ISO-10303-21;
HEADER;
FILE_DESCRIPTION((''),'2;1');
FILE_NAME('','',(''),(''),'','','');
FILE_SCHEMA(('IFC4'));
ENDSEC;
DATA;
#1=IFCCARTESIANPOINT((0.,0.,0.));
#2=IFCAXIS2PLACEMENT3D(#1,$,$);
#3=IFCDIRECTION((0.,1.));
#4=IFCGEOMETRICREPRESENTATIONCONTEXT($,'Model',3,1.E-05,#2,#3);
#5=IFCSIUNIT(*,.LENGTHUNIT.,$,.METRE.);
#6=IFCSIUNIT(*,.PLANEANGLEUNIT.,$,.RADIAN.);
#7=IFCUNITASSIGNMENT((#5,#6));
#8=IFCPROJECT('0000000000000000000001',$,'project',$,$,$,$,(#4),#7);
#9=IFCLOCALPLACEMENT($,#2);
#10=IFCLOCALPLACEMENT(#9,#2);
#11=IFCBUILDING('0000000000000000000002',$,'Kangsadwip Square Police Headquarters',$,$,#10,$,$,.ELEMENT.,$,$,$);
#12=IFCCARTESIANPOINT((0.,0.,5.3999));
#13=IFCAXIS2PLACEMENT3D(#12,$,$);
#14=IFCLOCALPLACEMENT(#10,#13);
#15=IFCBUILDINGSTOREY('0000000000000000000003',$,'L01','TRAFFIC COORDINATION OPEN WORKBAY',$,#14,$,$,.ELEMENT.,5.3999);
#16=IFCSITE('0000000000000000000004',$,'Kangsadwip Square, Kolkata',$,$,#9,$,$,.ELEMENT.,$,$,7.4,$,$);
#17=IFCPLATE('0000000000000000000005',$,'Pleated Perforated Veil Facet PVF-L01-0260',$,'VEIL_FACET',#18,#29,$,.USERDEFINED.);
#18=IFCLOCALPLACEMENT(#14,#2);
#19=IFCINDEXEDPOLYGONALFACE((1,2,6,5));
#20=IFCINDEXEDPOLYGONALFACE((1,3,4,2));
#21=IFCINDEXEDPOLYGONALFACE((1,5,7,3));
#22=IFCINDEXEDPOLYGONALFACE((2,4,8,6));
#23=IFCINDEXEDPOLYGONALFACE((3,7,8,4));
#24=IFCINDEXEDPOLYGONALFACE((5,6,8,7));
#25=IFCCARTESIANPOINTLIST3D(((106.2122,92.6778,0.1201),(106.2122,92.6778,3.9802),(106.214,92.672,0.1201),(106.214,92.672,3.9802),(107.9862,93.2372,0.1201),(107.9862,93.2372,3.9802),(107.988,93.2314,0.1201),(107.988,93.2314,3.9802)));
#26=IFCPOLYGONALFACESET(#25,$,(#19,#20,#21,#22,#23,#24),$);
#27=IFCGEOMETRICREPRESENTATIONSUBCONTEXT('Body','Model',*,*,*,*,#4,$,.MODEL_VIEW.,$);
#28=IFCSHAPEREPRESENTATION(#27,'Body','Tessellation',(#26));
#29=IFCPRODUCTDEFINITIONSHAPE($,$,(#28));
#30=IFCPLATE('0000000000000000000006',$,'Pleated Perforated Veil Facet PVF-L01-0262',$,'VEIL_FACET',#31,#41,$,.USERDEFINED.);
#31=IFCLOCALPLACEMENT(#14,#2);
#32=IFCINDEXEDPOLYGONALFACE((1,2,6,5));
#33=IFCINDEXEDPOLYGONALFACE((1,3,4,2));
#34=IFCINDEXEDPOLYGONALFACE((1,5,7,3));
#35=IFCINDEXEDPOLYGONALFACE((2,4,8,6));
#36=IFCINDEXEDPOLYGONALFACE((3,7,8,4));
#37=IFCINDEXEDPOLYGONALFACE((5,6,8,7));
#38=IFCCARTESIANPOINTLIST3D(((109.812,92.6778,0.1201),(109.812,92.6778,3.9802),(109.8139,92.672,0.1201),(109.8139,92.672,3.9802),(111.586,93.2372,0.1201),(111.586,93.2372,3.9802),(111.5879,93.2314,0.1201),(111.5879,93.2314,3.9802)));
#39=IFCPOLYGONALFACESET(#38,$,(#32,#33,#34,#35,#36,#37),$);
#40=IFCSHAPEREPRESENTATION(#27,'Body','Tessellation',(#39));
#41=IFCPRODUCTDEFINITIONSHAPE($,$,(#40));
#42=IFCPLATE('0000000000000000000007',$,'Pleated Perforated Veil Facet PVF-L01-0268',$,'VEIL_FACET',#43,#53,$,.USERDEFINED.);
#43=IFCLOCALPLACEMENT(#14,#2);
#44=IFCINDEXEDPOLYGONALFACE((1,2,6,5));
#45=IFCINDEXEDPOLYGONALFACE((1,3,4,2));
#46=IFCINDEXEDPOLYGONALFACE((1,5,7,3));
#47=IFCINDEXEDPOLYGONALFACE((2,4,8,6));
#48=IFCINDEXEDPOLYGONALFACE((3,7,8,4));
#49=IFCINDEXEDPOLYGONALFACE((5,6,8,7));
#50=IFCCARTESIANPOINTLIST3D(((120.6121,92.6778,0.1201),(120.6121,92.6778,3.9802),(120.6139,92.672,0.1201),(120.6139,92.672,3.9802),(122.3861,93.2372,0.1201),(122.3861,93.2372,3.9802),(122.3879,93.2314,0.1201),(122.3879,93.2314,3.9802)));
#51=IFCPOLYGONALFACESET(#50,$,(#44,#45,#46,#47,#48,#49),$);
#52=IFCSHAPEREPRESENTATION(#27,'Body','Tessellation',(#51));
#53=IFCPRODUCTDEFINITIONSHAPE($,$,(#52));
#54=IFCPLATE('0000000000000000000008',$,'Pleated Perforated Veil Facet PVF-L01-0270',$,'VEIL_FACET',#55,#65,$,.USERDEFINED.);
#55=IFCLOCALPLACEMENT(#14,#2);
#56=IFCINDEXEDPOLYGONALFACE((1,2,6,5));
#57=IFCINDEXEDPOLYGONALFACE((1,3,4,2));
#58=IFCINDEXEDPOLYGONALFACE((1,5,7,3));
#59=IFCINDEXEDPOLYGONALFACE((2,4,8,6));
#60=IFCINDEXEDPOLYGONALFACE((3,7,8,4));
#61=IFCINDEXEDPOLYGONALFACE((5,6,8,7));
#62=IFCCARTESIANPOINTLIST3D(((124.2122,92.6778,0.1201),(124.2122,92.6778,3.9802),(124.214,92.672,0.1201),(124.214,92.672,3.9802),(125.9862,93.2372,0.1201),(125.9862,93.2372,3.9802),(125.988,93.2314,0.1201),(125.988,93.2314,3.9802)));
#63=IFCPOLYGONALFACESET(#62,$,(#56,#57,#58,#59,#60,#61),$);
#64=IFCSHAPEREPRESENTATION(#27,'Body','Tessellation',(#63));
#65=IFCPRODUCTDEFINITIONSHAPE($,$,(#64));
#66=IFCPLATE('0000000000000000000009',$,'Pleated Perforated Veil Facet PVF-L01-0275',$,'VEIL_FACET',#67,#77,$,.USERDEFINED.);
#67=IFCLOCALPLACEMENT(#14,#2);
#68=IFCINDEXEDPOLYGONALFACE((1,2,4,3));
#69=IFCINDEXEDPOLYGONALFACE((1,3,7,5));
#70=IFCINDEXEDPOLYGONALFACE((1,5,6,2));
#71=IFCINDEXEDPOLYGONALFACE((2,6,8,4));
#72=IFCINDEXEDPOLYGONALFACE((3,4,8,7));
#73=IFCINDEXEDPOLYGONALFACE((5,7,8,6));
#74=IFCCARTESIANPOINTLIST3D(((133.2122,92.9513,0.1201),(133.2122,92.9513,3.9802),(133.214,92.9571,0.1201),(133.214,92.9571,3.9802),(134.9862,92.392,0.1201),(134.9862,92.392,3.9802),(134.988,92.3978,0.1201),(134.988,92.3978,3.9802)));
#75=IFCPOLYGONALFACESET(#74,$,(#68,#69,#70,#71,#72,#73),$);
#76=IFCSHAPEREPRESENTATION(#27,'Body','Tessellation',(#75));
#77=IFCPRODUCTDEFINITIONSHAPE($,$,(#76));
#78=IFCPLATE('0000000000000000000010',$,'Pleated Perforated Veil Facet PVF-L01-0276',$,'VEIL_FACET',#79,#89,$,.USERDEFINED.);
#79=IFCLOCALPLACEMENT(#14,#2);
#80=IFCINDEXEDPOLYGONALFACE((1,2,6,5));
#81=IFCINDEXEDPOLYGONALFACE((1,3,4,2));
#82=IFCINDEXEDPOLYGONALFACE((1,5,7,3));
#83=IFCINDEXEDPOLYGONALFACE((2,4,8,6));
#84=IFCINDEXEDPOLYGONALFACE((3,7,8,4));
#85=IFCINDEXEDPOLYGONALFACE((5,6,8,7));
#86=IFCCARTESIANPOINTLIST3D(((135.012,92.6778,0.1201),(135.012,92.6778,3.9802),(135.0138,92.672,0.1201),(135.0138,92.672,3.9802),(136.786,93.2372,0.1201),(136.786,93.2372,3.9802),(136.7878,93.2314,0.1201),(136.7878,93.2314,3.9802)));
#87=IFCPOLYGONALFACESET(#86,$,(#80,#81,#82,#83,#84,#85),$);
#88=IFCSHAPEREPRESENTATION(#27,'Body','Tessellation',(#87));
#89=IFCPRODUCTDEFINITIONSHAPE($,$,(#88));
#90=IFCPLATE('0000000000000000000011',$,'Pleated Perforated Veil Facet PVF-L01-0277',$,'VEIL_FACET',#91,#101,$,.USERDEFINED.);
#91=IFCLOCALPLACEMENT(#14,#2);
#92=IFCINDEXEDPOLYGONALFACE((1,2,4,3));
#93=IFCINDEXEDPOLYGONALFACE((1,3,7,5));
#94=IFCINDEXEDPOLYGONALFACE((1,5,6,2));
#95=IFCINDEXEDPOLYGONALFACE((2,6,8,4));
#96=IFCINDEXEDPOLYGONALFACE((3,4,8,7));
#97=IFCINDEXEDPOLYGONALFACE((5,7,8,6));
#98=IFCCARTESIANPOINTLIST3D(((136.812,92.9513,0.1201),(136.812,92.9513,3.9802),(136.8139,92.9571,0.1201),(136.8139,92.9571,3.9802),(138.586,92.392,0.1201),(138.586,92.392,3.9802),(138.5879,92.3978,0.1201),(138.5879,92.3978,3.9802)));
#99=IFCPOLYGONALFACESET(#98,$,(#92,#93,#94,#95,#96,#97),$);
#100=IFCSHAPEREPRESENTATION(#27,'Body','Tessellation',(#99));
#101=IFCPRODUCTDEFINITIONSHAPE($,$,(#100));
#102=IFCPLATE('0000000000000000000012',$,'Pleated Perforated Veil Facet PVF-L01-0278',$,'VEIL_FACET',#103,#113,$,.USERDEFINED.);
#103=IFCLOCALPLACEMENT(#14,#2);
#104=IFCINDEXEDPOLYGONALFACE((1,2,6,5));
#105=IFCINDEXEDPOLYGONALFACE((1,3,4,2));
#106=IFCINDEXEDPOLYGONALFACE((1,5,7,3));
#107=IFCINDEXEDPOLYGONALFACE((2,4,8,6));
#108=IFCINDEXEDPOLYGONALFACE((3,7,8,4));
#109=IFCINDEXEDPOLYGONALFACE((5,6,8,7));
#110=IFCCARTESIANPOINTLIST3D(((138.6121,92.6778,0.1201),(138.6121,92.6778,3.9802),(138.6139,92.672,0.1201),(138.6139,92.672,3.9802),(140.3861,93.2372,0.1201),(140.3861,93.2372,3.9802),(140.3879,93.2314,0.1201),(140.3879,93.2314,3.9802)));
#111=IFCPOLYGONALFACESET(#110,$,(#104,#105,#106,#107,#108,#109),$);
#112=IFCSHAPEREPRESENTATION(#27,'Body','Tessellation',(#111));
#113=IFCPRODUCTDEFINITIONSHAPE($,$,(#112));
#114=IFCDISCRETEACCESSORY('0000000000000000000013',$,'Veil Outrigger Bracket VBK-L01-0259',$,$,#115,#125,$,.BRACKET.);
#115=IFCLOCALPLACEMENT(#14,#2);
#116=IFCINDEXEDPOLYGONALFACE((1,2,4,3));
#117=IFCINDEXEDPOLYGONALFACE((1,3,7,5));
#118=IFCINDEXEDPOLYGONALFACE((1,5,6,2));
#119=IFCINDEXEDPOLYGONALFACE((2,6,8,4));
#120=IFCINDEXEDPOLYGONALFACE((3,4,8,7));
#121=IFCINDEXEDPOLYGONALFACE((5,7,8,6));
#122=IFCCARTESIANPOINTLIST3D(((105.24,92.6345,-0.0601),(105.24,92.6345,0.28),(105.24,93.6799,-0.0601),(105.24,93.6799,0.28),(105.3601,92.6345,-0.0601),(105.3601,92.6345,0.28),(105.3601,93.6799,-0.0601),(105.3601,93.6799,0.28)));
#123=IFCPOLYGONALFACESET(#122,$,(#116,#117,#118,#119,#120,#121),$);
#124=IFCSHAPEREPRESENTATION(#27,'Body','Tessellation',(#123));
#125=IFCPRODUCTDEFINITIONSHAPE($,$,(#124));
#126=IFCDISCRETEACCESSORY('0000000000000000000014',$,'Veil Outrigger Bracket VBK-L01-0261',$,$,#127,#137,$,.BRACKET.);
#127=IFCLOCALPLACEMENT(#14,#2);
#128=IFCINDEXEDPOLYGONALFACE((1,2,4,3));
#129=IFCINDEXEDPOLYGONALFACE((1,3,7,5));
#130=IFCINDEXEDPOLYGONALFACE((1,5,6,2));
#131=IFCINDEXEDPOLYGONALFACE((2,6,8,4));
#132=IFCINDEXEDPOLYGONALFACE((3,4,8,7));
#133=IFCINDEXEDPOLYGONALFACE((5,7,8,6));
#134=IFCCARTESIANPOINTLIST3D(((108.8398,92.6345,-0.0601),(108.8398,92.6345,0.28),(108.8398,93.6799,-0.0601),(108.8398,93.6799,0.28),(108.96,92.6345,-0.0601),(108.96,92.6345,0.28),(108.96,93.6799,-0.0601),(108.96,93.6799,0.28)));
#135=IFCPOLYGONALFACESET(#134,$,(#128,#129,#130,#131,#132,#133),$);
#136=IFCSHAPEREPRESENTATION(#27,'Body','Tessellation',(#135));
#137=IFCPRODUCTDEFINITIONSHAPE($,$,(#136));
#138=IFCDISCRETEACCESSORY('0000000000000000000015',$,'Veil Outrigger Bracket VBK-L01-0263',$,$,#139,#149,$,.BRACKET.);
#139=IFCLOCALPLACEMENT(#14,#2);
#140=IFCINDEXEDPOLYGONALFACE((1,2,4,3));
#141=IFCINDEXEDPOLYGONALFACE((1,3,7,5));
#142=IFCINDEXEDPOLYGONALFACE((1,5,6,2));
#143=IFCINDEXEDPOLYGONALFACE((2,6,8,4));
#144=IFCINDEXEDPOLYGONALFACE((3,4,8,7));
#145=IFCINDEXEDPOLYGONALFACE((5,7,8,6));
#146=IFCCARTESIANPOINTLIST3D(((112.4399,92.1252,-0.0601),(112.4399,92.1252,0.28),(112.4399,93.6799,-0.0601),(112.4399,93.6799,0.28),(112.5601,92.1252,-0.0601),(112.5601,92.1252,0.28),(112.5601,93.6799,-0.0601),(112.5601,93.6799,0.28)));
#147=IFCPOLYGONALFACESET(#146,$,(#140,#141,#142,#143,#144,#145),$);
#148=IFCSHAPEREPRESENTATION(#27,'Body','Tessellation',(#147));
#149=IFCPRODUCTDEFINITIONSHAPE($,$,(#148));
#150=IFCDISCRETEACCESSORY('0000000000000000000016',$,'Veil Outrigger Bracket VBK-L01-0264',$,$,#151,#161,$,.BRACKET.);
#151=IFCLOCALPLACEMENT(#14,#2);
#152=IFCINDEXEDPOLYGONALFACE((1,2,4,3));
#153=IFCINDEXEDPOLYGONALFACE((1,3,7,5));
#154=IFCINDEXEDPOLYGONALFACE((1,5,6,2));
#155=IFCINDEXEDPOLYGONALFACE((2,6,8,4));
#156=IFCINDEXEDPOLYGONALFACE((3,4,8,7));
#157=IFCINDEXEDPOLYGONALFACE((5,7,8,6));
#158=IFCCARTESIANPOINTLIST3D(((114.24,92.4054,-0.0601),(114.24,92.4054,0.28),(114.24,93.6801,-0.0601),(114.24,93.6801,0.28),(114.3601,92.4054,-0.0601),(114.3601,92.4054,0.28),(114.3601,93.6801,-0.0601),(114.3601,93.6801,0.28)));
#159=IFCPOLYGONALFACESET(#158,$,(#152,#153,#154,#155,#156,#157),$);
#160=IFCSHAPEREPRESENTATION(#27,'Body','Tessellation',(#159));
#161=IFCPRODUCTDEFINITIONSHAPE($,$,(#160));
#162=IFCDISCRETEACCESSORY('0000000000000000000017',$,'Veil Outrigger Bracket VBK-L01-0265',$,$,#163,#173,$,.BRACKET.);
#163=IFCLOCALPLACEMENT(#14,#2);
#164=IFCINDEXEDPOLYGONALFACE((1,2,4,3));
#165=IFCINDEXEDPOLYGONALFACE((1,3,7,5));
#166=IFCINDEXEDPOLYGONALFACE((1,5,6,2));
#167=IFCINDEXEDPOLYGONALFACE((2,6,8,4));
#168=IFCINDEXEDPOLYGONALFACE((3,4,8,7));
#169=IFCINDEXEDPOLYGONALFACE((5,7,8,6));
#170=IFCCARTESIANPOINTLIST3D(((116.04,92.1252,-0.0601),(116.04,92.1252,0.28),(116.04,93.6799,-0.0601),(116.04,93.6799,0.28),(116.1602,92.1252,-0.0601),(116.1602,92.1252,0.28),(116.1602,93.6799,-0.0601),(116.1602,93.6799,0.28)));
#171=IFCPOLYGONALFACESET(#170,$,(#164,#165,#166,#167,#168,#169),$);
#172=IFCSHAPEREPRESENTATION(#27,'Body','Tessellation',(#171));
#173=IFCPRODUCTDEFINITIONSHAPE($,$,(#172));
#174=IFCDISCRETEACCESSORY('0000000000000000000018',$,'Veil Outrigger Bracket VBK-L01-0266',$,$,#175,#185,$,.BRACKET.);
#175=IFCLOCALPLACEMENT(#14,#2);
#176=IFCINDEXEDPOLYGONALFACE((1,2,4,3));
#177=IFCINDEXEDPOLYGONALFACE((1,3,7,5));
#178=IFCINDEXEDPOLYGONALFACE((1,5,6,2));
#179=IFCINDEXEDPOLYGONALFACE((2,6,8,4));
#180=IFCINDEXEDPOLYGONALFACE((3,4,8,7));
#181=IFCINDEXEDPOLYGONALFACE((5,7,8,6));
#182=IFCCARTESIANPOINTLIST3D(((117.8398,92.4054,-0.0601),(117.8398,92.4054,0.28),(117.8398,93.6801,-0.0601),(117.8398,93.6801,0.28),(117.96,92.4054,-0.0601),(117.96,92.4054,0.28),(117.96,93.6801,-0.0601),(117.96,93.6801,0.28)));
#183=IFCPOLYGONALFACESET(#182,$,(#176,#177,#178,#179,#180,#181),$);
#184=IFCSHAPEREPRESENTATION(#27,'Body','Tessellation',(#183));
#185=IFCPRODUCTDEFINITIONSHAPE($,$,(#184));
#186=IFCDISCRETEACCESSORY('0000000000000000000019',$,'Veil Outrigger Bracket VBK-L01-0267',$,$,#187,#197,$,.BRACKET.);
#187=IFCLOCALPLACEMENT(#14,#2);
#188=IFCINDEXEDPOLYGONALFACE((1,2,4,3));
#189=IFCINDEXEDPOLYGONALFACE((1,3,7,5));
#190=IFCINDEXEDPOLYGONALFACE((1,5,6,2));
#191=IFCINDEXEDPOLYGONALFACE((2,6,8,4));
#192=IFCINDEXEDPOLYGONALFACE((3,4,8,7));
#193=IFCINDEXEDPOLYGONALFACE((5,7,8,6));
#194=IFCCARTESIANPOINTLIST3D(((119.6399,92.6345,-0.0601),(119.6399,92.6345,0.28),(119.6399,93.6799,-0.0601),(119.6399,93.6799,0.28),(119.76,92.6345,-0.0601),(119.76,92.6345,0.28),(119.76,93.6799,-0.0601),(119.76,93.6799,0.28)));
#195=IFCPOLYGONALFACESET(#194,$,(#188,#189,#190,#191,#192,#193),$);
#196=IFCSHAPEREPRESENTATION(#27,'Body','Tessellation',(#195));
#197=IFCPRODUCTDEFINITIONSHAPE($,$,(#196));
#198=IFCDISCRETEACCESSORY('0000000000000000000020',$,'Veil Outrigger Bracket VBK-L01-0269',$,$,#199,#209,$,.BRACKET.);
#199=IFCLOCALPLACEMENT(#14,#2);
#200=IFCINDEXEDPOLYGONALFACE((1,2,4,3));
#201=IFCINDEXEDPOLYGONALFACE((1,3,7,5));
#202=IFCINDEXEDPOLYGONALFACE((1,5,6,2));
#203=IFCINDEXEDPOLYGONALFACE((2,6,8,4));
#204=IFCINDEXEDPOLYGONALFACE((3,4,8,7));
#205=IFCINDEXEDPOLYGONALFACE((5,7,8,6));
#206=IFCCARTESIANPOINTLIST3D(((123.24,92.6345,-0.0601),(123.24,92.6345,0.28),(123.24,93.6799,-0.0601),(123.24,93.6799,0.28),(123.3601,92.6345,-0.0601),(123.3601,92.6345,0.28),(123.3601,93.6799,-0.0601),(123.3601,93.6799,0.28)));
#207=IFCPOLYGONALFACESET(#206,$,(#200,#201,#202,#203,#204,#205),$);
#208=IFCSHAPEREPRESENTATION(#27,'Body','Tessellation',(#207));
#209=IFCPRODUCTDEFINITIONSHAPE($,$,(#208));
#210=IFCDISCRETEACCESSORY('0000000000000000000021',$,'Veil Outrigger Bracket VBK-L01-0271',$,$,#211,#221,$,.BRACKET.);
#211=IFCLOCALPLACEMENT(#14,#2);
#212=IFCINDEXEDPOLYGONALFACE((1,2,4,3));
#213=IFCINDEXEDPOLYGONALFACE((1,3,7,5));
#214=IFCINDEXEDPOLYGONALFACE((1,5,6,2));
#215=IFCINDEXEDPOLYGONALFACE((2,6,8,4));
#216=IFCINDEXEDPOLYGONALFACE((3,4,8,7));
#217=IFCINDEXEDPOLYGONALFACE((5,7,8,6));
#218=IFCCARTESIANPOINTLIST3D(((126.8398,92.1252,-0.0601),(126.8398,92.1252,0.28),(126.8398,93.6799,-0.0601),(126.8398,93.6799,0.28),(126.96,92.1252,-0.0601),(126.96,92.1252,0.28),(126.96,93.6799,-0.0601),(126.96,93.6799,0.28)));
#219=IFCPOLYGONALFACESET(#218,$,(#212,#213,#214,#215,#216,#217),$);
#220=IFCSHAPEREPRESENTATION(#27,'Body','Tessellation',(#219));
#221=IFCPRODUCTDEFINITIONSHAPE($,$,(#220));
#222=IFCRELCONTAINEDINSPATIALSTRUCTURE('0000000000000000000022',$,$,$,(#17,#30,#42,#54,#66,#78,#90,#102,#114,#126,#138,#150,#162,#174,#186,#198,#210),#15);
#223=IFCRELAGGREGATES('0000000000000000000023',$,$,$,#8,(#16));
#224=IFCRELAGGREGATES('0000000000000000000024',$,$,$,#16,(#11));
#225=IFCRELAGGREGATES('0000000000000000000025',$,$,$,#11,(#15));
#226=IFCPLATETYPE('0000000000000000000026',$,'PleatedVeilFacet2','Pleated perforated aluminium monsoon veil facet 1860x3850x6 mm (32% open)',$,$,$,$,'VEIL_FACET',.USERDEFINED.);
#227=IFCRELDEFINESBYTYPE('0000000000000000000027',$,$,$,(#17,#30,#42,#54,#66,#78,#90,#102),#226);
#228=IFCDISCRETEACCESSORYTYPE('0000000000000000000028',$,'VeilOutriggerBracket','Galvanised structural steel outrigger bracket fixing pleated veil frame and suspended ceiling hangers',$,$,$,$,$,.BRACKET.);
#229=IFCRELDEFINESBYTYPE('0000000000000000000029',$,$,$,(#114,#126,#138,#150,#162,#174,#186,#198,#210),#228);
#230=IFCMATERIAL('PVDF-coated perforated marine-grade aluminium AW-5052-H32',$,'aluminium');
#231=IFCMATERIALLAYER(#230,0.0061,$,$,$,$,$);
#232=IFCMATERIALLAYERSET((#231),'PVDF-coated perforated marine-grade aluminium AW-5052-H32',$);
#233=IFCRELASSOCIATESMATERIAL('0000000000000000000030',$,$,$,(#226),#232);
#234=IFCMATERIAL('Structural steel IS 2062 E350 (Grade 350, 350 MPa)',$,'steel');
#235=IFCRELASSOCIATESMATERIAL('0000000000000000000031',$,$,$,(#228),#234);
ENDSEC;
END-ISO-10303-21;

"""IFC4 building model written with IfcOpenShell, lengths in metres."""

from ifc_helpers import new_model, si_unit, direction, frame, origin, origin_2d, place, context, subcontext, project, spatial, rectangle, extrude, material, layer, layer_set, type_object, element, save


model = new_model("IFC4")

# Units and contexts
model_context = context("Model", 3, precision=1e-05, world=origin(), true_north=direction((0.0, 1.0)))
body_context = subcontext(model_context, "Body", "Model", "MODEL_VIEW")
ifc_project = project(units=[si_unit("LENGTHUNIT", "METRE"), si_unit("PLANEANGLEUNIT", "RADIAN")], contexts=[model_context])

# Site, building, storey
site_placement = place(None, origin())
site = spatial("IfcSite", under=ifc_project, at=site_placement, Name="Kangsadwip Square, Kolkata", CompositionType="ELEMENT", RefElevation=7.4)
building_placement = place(site_placement, origin())
building = spatial("IfcBuilding", under=site, at=building_placement, Name="Kangsadwip Square Police Headquarters", CompositionType="ELEMENT")
storey_placement = place(building_placement, frame((0.0, 0.0, 5.3999)))
storey = spatial("IfcBuildingStorey", under=building, at=storey_placement, Name="L01", Description="TRAFFIC COORDINATION OPEN WORKBAY", CompositionType="ELEMENT", Elevation=5.3999)

# Plates
ifc_material_1 = material(Name="PVDF-coated perforated marine-grade aluminium AW-5052-H32", Category="aluminium")
ifc_layer = layer(ifc_material_1, 0.0061)
ifc_layer_set = layer_set([ifc_layer], Name="PVDF-coated perforated marine-grade aluminium AW-5052-H32")
plate_type = type_object("IfcPlateType", Name="PleatedVeilFacet2", Description="Pleated perforated aluminium monsoon veil facet 1860x3850x6 mm (32% open)", ElementType="VEIL_FACET", PredefinedType="USERDEFINED", material=ifc_layer_set)
for number, where, z_axis, x_axis, name in (
    (1, (107.1001, 92.9546, 0.1201), (0.0, 0.0, 1.0), (0.953717, 0.300706, 0.0), "Pleated Perforated Veil Facet PVF-L01-0260"),
    (2, (110.7, 92.9546, 0.1201), (0.0, 0.0, 1.0), (0.953717, 0.300706, 0.0), "Pleated Perforated Veil Facet PVF-L01-0262"),
    (3, (121.5, 92.9546, 0.1201), (0.0, 0.0, 1.0), (0.953717, 0.300706, 0.0), "Pleated Perforated Veil Facet PVF-L01-0268"),
    (4, (125.1001, 92.9546, 0.1201), (0.0, 0.0, 1.0), (0.953717, 0.300706, 0.0), "Pleated Perforated Veil Facet PVF-L01-0270"),
    (5, (134.1001, 92.6746, 0.1201), (0.0, 0.0, 1.0), (0.953717, -0.300706, 0.0), "Pleated Perforated Veil Facet PVF-L01-0275"),
    (6, (135.8999, 92.9546, 0.1201), (0.0, 0.0, 1.0), (0.953717, 0.300706, 0.0), "Pleated Perforated Veil Facet PVF-L01-0276"),
    (7, (137.7, 92.6746, 0.1201), (0.0, 0.0, 1.0), (0.953717, -0.300706, 0.0), "Pleated Perforated Veil Facet PVF-L01-0277"),
    (8, (139.5, 92.9546, 0.1201), (0.0, 0.0, 1.0), (0.953717, 0.300706, 0.0), "Pleated Perforated Veil Facet PVF-L01-0278"),
):
    element("IfcPlate", number, at=place(storey_placement, frame(where, z_axis=z_axis, x_axis=x_axis)), inside=storey, type_object=plate_type, Name=name, ObjectType="VEIL_FACET", PredefinedType="USERDEFINED", context=body_context, shape_type="SweptSolid", body=[
        extrude(rectangle(XDim=1.8601, YDim=0.0061, at=origin_2d()), origin(), (0.0, 0.0, 1.0), 3.8601),
    ])

# Discrete accessories
ifc_material_2 = material(Name="Structural steel IS 2062 E350 (Grade 350, 350 MPa)", Category="steel")
discrete_accessory_type = type_object("IfcDiscreteAccessoryType", Name="VeilOutriggerBracket", Description="Galvanised structural steel outrigger bracket fixing pleated veil frame and suspended ceiling hangers", PredefinedType="BRACKET", material=ifc_material_2)
for number, where, z_axis, x_axis, name in (
    (9, (105.3, 93.1572, -0.0601), (0.0, 0.0, 1.0), (1.0, 0.0, 0.0), "Veil Outrigger Bracket VBK-L01-0259"),
    (10, (108.8999, 93.1572, -0.0601), (0.0, 0.0, 1.0), (1.0, 0.0, 0.0), "Veil Outrigger Bracket VBK-L01-0261"),
):
    element("IfcDiscreteAccessory", number, at=place(storey_placement, frame(where, z_axis=z_axis, x_axis=x_axis)), inside=storey, type_object=discrete_accessory_type, Name=name, PredefinedType="BRACKET", context=body_context, shape_type="SweptSolid", body=[
        extrude(rectangle(XDim=0.1201, YDim=1.0454, at=origin_2d()), origin(), (0.0, 0.0, 1.0), 0.3401),
    ])
discrete_accessory_1_placement = place(storey_placement, frame((112.5, 92.9026, -0.0601), z_axis=(0.0, 0.0, 1.0), x_axis=(1.0, 0.0, 0.0)))
element("IfcDiscreteAccessory", 11, at=discrete_accessory_1_placement, inside=storey, type_object=discrete_accessory_type, Name="Veil Outrigger Bracket VBK-L01-0263", PredefinedType="BRACKET", context=body_context, shape_type="SweptSolid", body=[
    extrude(rectangle(XDim=0.1201, YDim=1.5547, at=origin_2d()), origin(), (0.0, 0.0, 1.0), 0.3401),
])
discrete_accessory_2_placement = place(storey_placement, frame((114.3, 93.0427, -0.0601), z_axis=(0.0, 0.0, 1.0), x_axis=(1.0, 0.0, 0.0)))
element("IfcDiscreteAccessory", 12, at=discrete_accessory_2_placement, inside=storey, type_object=discrete_accessory_type, Name="Veil Outrigger Bracket VBK-L01-0264", PredefinedType="BRACKET", context=body_context, shape_type="SweptSolid", body=[
    extrude(rectangle(XDim=0.1201, YDim=1.2747, at=origin_2d()), origin(), (0.0, 0.0, 1.0), 0.3401),
])
discrete_accessory_3_placement = place(storey_placement, frame((116.1001, 92.9026, -0.0601), z_axis=(0.0, 0.0, 1.0), x_axis=(1.0, 0.0, 0.0)))
element("IfcDiscreteAccessory", 13, at=discrete_accessory_3_placement, inside=storey, type_object=discrete_accessory_type, Name="Veil Outrigger Bracket VBK-L01-0265", PredefinedType="BRACKET", context=body_context, shape_type="SweptSolid", body=[
    extrude(rectangle(XDim=0.1201, YDim=1.5547, at=origin_2d()), origin(), (0.0, 0.0, 1.0), 0.3401),
])
discrete_accessory_4_placement = place(storey_placement, frame((117.8999, 93.0427, -0.0601), z_axis=(0.0, 0.0, 1.0), x_axis=(1.0, 0.0, 0.0)))
element("IfcDiscreteAccessory", 14, at=discrete_accessory_4_placement, inside=storey, type_object=discrete_accessory_type, Name="Veil Outrigger Bracket VBK-L01-0266", PredefinedType="BRACKET", context=body_context, shape_type="SweptSolid", body=[
    extrude(rectangle(XDim=0.1201, YDim=1.2747, at=origin_2d()), origin(), (0.0, 0.0, 1.0), 0.3401),
])
for number, where, z_axis, x_axis, name in (
    (15, (119.7, 93.1572, -0.0601), (0.0, 0.0, 1.0), (1.0, 0.0, 0.0), "Veil Outrigger Bracket VBK-L01-0267"),
    (16, (123.3, 93.1572, -0.0601), (0.0, 0.0, 1.0), (1.0, 0.0, 0.0), "Veil Outrigger Bracket VBK-L01-0269"),
):
    element("IfcDiscreteAccessory", number, at=place(storey_placement, frame(where, z_axis=z_axis, x_axis=x_axis)), inside=storey, type_object=discrete_accessory_type, Name=name, PredefinedType="BRACKET", context=body_context, shape_type="SweptSolid", body=[
        extrude(rectangle(XDim=0.1201, YDim=1.0454, at=origin_2d()), origin(), (0.0, 0.0, 1.0), 0.3401),
    ])
discrete_accessory_5_placement = place(storey_placement, frame((126.8999, 92.9026, -0.0601), z_axis=(0.0, 0.0, 1.0), x_axis=(1.0, 0.0, 0.0)))
element("IfcDiscreteAccessory", 17, at=discrete_accessory_5_placement, inside=storey, type_object=discrete_accessory_type, Name="Veil Outrigger Bracket VBK-L01-0271", PredefinedType="BRACKET", context=body_context, shape_type="SweptSolid", body=[
    extrude(rectangle(XDim=0.1201, YDim=1.5547, at=origin_2d()), origin(), (0.0, 0.0, 1.0), 0.3401),
])

save(model, "model.ifc")
